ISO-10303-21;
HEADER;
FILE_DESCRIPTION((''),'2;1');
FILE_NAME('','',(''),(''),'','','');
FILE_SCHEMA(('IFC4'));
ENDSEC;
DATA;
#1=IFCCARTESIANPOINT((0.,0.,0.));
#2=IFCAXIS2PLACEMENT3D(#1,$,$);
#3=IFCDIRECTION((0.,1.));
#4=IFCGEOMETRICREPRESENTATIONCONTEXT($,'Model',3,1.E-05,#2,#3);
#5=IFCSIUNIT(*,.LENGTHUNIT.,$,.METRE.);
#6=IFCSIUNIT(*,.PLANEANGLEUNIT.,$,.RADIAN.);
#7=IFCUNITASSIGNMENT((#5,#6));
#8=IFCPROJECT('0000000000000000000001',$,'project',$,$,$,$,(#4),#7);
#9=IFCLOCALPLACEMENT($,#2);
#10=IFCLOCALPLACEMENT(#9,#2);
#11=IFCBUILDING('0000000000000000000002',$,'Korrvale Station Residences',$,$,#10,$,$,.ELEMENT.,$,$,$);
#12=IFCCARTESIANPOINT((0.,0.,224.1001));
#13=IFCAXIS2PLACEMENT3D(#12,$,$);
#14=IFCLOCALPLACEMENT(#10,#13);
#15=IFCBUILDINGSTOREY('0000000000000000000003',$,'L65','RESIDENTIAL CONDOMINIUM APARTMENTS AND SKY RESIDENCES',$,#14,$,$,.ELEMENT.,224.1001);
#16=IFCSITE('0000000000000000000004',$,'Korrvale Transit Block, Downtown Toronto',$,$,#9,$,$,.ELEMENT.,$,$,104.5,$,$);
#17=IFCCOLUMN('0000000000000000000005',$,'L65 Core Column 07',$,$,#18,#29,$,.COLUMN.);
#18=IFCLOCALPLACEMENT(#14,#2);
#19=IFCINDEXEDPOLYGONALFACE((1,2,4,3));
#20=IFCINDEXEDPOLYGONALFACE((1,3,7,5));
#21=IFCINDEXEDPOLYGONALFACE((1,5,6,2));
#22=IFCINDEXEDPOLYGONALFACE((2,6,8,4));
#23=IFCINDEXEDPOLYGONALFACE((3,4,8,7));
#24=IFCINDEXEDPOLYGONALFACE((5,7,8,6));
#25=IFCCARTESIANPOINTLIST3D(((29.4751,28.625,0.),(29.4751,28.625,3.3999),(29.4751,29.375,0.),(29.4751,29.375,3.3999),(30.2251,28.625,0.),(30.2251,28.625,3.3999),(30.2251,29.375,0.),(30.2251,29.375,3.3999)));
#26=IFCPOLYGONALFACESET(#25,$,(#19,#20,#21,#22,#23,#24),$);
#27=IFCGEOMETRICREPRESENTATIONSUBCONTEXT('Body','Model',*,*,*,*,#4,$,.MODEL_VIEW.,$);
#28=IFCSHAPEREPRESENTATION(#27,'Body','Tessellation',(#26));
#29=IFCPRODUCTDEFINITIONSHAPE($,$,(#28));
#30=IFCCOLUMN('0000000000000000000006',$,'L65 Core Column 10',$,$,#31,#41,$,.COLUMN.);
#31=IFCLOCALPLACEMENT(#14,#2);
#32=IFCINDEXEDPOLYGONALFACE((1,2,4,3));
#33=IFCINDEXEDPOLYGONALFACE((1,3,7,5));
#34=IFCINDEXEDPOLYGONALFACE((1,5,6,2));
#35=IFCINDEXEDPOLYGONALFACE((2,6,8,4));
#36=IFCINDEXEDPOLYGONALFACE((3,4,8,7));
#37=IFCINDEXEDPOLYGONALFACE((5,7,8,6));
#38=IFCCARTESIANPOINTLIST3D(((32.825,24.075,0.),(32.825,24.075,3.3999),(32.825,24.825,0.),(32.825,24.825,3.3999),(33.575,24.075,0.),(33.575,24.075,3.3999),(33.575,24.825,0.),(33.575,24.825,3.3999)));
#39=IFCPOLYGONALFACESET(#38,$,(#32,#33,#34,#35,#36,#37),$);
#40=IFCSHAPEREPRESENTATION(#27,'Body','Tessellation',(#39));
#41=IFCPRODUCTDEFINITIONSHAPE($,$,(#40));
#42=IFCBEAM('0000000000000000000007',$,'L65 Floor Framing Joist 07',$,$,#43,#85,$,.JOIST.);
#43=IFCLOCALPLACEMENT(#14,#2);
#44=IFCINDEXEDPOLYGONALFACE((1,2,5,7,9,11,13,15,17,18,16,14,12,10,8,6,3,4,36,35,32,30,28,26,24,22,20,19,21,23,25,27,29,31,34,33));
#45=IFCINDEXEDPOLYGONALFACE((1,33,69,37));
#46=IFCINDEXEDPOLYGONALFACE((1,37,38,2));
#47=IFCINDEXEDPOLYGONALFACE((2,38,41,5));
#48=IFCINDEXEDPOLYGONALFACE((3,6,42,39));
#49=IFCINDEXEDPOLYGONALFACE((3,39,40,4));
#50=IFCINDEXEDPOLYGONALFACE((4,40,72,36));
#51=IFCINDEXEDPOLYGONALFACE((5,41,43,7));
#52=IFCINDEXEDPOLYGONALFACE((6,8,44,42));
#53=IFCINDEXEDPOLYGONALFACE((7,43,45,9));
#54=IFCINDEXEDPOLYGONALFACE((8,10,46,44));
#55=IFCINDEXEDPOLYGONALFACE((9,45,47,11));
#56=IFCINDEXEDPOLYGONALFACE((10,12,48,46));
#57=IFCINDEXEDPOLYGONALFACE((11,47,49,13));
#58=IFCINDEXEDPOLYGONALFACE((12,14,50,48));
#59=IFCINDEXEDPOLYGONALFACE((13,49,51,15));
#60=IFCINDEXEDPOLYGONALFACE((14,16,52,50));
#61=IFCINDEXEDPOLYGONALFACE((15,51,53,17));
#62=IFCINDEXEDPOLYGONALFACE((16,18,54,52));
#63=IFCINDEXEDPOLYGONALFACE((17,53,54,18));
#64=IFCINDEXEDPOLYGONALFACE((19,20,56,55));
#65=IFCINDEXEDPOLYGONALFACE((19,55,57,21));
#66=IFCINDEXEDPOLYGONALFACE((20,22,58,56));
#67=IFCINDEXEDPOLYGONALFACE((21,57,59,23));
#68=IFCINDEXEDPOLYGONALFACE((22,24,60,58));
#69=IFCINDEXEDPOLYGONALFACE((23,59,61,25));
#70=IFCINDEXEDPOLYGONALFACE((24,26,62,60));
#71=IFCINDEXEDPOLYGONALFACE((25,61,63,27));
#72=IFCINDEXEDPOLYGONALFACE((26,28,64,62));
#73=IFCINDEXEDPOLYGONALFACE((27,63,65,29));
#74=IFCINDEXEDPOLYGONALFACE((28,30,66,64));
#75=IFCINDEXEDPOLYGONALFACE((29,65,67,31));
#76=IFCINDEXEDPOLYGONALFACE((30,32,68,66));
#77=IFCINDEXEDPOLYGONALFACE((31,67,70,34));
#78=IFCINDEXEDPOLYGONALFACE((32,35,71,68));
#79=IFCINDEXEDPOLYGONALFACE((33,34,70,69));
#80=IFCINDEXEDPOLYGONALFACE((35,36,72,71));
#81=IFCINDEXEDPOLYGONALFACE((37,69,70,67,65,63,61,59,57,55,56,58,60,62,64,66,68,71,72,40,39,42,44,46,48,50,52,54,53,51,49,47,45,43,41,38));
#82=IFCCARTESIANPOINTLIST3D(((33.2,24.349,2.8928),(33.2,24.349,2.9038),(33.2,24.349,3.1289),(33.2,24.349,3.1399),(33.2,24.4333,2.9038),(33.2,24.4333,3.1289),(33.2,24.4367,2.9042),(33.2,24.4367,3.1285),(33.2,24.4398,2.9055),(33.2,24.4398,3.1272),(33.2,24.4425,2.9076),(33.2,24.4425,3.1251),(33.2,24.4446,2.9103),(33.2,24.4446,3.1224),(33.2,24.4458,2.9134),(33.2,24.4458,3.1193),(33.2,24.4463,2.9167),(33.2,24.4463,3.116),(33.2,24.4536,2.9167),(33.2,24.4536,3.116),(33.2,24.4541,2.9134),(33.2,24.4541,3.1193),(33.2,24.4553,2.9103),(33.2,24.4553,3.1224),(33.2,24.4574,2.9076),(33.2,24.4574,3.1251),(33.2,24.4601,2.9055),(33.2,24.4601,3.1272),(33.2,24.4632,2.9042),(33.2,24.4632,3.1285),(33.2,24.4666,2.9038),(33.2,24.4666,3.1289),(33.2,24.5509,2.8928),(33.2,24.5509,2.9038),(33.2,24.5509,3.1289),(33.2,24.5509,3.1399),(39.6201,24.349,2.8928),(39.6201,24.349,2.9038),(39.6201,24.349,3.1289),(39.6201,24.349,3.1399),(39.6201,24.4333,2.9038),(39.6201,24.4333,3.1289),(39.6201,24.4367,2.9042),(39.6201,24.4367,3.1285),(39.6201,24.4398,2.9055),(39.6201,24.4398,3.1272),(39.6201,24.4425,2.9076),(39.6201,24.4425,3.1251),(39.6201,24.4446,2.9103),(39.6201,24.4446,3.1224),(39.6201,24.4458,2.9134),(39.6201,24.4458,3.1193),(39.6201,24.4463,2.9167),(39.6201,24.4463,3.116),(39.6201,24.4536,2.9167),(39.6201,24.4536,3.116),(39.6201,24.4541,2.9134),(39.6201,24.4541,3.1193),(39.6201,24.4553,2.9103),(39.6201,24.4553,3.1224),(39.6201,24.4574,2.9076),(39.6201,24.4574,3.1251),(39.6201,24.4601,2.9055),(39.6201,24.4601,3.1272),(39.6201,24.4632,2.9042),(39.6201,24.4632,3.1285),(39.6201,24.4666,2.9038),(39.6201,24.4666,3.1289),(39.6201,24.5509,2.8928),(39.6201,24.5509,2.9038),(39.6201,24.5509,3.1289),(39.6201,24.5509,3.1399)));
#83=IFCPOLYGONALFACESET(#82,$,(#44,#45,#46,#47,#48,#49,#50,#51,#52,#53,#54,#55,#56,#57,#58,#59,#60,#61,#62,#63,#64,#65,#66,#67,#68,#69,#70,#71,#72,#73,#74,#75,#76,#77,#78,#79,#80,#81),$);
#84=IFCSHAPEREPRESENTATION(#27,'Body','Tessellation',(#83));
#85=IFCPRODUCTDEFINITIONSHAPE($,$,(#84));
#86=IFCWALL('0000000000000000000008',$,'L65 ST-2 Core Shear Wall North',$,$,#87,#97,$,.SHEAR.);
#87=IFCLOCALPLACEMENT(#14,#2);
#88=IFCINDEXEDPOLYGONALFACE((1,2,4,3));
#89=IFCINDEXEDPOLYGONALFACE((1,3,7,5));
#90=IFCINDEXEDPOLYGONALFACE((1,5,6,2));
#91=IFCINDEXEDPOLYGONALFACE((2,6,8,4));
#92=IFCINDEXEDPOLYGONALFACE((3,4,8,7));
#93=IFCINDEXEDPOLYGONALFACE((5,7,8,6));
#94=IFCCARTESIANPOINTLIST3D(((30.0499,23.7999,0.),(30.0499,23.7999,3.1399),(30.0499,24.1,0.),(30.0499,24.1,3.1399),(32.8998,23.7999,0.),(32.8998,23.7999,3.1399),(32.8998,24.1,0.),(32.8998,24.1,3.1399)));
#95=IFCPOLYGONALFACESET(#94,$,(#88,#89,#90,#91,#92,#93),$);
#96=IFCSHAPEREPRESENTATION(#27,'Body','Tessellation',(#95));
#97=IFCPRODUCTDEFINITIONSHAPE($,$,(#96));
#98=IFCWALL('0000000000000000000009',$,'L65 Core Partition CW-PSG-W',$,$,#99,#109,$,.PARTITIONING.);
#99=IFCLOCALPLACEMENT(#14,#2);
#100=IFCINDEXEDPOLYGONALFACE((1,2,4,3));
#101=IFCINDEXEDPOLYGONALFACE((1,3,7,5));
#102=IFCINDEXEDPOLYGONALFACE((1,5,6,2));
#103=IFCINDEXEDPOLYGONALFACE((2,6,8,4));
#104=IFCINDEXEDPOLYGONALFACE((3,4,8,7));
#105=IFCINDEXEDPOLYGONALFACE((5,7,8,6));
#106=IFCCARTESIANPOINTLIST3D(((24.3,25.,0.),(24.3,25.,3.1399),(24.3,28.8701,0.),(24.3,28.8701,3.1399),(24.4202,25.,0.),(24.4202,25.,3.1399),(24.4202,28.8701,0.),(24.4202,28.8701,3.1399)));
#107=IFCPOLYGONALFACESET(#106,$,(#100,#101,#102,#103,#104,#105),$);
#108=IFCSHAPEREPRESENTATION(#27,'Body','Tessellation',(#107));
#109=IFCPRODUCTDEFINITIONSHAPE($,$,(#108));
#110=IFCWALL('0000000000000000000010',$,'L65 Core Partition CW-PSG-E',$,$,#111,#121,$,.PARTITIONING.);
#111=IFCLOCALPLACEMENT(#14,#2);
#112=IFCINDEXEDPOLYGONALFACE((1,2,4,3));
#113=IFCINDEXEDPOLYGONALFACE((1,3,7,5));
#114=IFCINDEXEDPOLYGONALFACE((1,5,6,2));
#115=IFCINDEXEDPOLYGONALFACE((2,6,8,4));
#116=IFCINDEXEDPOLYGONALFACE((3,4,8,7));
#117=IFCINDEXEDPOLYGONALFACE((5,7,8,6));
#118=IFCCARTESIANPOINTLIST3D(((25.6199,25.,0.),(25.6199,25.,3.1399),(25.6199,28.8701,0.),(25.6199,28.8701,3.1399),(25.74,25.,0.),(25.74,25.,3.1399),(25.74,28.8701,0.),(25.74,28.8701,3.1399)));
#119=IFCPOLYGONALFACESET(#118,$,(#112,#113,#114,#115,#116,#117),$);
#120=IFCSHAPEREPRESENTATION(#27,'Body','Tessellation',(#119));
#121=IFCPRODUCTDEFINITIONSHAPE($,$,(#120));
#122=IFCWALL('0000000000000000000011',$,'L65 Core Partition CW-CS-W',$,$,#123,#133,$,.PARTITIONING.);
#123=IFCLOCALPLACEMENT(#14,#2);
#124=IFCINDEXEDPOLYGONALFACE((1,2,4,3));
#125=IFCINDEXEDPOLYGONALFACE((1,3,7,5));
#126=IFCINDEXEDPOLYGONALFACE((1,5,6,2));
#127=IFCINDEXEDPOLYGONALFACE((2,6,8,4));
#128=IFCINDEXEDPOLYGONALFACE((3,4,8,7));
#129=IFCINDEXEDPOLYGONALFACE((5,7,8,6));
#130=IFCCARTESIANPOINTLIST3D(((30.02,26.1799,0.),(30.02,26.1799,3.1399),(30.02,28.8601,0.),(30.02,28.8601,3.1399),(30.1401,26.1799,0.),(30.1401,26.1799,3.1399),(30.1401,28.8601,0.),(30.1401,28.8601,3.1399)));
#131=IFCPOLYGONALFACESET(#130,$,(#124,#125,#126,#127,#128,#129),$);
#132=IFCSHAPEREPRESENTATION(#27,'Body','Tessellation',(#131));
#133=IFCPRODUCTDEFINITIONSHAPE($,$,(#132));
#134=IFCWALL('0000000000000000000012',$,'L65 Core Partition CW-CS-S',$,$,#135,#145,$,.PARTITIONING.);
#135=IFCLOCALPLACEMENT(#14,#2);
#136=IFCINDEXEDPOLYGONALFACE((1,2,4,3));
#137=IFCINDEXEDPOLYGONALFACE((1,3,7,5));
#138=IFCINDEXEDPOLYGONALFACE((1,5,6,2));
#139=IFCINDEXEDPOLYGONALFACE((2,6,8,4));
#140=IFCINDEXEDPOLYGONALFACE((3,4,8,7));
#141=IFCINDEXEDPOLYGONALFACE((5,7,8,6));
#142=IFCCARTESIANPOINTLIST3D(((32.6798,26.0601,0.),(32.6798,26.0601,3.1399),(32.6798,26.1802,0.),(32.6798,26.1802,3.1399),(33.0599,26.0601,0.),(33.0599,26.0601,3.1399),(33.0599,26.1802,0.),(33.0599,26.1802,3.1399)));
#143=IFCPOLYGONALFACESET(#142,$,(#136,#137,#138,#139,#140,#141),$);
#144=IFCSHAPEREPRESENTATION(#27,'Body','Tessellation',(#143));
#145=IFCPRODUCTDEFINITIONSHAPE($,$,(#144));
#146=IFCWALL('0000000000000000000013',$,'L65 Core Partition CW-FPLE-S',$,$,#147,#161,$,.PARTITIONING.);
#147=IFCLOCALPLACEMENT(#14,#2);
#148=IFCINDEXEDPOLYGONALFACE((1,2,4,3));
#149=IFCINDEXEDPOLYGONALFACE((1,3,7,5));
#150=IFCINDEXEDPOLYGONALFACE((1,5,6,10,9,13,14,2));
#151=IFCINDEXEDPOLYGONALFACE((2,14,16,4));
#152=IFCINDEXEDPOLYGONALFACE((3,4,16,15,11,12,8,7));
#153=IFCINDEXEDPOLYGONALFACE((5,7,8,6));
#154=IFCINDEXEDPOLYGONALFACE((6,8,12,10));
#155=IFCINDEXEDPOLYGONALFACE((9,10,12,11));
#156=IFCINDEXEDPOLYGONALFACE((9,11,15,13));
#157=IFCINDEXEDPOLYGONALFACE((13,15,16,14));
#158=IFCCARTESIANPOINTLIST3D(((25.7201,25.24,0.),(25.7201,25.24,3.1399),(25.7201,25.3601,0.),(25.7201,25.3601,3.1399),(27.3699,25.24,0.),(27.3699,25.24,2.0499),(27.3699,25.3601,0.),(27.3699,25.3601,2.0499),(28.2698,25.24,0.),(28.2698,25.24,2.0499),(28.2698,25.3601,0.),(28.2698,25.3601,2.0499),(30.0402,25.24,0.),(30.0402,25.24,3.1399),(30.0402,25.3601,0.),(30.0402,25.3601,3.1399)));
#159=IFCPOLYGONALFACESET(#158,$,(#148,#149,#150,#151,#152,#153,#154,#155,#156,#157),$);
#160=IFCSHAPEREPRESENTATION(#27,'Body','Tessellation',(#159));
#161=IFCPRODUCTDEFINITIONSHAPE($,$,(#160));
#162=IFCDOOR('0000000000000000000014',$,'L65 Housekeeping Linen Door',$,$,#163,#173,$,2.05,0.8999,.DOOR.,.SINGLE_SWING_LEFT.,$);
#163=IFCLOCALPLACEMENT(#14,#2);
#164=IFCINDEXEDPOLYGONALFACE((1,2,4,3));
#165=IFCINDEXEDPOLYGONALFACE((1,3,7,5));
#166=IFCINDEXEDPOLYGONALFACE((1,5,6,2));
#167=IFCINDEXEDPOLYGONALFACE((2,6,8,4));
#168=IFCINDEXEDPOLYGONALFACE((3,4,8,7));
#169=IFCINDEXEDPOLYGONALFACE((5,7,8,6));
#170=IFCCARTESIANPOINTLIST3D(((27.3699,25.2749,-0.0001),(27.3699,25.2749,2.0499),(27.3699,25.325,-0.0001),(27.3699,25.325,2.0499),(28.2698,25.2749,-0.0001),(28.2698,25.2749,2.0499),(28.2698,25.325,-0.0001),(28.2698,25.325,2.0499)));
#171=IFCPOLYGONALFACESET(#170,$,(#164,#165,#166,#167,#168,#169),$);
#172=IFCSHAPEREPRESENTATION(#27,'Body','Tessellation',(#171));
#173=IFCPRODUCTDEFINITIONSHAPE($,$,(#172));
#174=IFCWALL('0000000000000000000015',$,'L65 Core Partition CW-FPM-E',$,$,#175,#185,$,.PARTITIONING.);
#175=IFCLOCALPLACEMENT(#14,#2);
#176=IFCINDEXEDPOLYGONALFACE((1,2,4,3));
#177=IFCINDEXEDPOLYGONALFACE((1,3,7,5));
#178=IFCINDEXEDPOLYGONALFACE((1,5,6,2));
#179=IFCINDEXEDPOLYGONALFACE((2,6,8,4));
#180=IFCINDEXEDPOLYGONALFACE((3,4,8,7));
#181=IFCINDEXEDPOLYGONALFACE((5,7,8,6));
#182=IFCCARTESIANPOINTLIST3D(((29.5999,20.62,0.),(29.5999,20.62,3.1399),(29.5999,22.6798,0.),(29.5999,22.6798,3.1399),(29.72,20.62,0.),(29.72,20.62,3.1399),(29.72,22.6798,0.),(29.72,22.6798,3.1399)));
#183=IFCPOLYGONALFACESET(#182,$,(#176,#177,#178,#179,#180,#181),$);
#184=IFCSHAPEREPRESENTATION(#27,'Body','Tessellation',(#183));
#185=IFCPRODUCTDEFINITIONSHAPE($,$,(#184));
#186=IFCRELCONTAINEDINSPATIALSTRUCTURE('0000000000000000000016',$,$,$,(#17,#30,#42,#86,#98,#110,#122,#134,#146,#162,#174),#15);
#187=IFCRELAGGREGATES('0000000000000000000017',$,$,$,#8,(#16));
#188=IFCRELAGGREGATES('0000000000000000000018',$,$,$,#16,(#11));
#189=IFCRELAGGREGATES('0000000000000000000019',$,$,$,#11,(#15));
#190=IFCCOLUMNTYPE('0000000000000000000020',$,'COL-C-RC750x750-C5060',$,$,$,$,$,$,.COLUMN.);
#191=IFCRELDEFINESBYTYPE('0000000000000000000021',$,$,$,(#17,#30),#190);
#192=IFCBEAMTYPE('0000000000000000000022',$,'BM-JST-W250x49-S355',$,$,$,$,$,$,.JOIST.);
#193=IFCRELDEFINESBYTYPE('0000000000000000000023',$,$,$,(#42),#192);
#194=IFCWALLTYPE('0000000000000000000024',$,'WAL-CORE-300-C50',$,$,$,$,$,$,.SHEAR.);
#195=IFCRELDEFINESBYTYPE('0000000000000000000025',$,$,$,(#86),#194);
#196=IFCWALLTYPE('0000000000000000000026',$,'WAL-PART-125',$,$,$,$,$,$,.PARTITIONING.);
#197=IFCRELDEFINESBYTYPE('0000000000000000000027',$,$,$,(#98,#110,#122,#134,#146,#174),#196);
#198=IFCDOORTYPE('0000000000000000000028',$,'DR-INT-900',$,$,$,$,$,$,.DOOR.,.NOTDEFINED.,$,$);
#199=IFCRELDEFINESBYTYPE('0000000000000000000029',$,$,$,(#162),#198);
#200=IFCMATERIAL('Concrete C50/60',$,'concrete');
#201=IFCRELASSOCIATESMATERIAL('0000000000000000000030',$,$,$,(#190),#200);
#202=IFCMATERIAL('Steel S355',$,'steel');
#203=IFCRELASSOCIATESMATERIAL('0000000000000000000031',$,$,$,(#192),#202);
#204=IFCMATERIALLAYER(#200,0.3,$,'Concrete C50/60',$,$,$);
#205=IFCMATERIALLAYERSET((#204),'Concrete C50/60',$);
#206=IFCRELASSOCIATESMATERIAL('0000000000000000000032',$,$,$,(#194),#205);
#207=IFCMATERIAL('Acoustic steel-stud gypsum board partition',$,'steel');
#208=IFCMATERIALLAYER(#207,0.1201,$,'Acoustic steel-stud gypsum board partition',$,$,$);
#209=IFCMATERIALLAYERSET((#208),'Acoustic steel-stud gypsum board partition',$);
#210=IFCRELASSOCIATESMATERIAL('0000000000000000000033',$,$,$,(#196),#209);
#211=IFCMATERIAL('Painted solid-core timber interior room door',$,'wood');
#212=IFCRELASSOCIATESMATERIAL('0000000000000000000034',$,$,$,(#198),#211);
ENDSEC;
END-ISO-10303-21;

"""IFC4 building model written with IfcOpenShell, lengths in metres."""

from ifc_helpers import new_model, si_unit, direction, frame, frame_2d, origin, origin_2d, place, context, subcontext, project, spatial, rectangle, i_section, extrude, material, layer, layer_set, material_profile, profile_set, type_object, element, fill, save


model = new_model("IFC4")

# Units and contexts
model_context = context("Model", 3, precision=1e-05, world=origin(), true_north=direction((0.0, 1.0)))
body_context = subcontext(model_context, "Body", "Model", "MODEL_VIEW")
ifc_project = project(units=[si_unit("LENGTHUNIT", "METRE"), si_unit("PLANEANGLEUNIT", "RADIAN")], contexts=[model_context])

# Site, building, storey
site_placement = place(None, origin())
site = spatial("IfcSite", under=ifc_project, at=site_placement, Name="Korrvale Transit Block, Downtown Toronto", CompositionType="ELEMENT", RefElevation=104.5)
building_placement = place(site_placement, origin())
building = spatial("IfcBuilding", under=site, at=building_placement, Name="Korrvale Station Residences", CompositionType="ELEMENT")
storey_placement = place(building_placement, frame((0.0, 0.0, 224.1001)))
storey = spatial("IfcBuildingStorey", under=building, at=storey_placement, Name="L65", Description="RESIDENTIAL CONDOMINIUM APARTMENTS AND SKY RESIDENCES", CompositionType="ELEMENT", Elevation=224.1001)

# Columns
ifc_material_1 = material(Name="Concrete C50/60", Category="concrete")
ifc_material_profile_1 = material_profile(ifc_material_1, rectangle(XDim=0.75, YDim=0.75, at=origin_2d()), Name="RC750x750")
ifc_profile_set_1 = profile_set([ifc_material_profile_1], Name="Concrete C50/60")
column_type = type_object("IfcColumnType", Name="COL-C-RC750x750-C5060", PredefinedType="COLUMN", material=ifc_profile_set_1)
for number, where, z_axis, x_axis, name in (
    (1, (29.8501, 29.0, 0.0), (0.0, 0.0, 1.0), (1.0, 0.0, 0.0), "L65 Core Column 07"),
    (2, (33.2, 24.45, 0.0), (0.0, 0.0, 1.0), (1.0, 0.0, 0.0), "L65 Core Column 10"),
):
    element("IfcColumn", number, at=place(storey_placement, frame(where, z_axis=z_axis, x_axis=x_axis)), inside=storey, type_object=column_type, Name=name, PredefinedType="COLUMN", context=body_context, shape_type="SweptSolid", body=[
        extrude(rectangle(XDim=0.75, YDim=0.75, at=origin_2d()), origin(), (0.0, 0.0, 1.0), 3.3999),
    ])

# Beam
ifc_material_2 = material(Name="Steel S355", Category="steel")
ifc_material_profile_2 = material_profile(ifc_material_2, i_section(OverallWidth=0.2019, OverallDepth=0.2471, WebThickness=0.0073, FlangeThickness=0.011, FilletRadius=0.0129, at=origin_2d()), Name="W250x49")
ifc_profile_set_2 = profile_set([ifc_material_profile_2], Name="Steel S355")
beam_type = type_object("IfcBeamType", Name="BM-JST-W250x49-S355", PredefinedType="JOIST", material=ifc_profile_set_2)
beam_placement = place(storey_placement, frame((33.2, 24.45, 3.0164), z_axis=(1.0, 0.0, 0.0), x_axis=(0.0, 1.0, 0.0)))
element("IfcBeam", 3, at=beam_placement, inside=storey, type_object=beam_type, Name="L65 Floor Framing Joist 07", PredefinedType="JOIST", context=body_context, shape_type="SweptSolid", body=[
    extrude(i_section(OverallWidth=0.2019, OverallDepth=0.2471, WebThickness=0.0073, FlangeThickness=0.011, FilletRadius=0.0129, at=origin_2d()), origin(), (0.0, 0.0, 1.0), 6.4202),
])

# Walls
ifc_layer_1 = layer(ifc_material_1, 0.3, Name="Concrete C50/60")
ifc_layer_set_1 = layer_set([ifc_layer_1], Name="Concrete C50/60")
wall_type_1 = type_object("IfcWallType", Name="WAL-CORE-300-C50", PredefinedType="SHEAR", material=ifc_layer_set_1)
wall_1_placement = place(storey_placement, frame((30.05, 23.95, 0.0), z_axis=(0.0, 0.0, 1.0), x_axis=(1.0, 0.0, 0.0)))
element("IfcWall", 4, at=wall_1_placement, inside=storey, type_object=wall_type_1, Name="L65 ST-2 Core Shear Wall North", PredefinedType="SHEAR", context=body_context, shape_type="SweptSolid", body=[
    extrude(rectangle(XDim=2.8499, YDim=0.3, at=frame_2d((1.4248, 0.0))), origin(), (0.0, 0.0, 1.0), 3.1399),
])
ifc_material_3 = material(Name="Acoustic steel-stud gypsum board partition", Category="steel")
ifc_layer_2 = layer(ifc_material_3, 0.1201, Name="Acoustic steel-stud gypsum board partition")
ifc_layer_set_2 = layer_set([ifc_layer_2], Name="Acoustic steel-stud gypsum board partition")
wall_type_2 = type_object("IfcWallType", Name="WAL-PART-125", PredefinedType="PARTITIONING", material=ifc_layer_set_2)
for number, where, z_axis, x_axis, name in (
    (5, (24.3601, 25.0, 0.0), (0.0, 0.0, 1.0), (0.0, 1.0, 0.0), "L65 Core Partition CW-PSG-W"),
    (6, (25.6799, 25.0, 0.0), (0.0, 0.0, 1.0), (0.0, 1.0, 0.0), "L65 Core Partition CW-PSG-E"),
):
    element("IfcWall", number, at=place(storey_placement, frame(where, z_axis=z_axis, x_axis=x_axis)), inside=storey, type_object=wall_type_2, Name=name, PredefinedType="PARTITIONING", context=body_context, shape_type="SweptSolid", body=[
        extrude(rectangle(XDim=3.8701, YDim=0.1201, at=frame_2d((1.9351, 0.0))), origin(), (0.0, 0.0, 1.0), 3.1399),
    ])
wall_2_placement = place(storey_placement, frame((30.0801, 26.1799, 0.0), z_axis=(0.0, 0.0, 1.0), x_axis=(0.0, 1.0, 0.0)))
element("IfcWall", 7, at=wall_2_placement, inside=storey, type_object=wall_type_2, Name="L65 Core Partition CW-CS-W", PredefinedType="PARTITIONING", context=body_context, shape_type="SweptSolid", body=[
    extrude(rectangle(XDim=2.6802, YDim=0.1201, at=frame_2d((1.3401, 0.0))), origin(), (0.0, 0.0, 1.0), 3.1399),
])
wall_3_placement = place(storey_placement, frame((32.6799, 26.1201, 0.0), z_axis=(0.0, 0.0, 1.0), x_axis=(1.0, 0.0, 0.0)))
element("IfcWall", 8, at=wall_3_placement, inside=storey, type_object=wall_type_2, Name="L65 Core Partition CW-CS-S", PredefinedType="PARTITIONING", context=body_context, shape_type="SweptSolid", body=[
    extrude(rectangle(XDim=0.3801, YDim=0.1201, at=frame_2d((0.1899, 0.0))), origin(), (0.0, 0.0, 1.0), 3.1399),
])

# Wall, opening, door
wall_4_placement = place(storey_placement, frame((25.72, 25.3, 0.0), z_axis=(0.0, 0.0, 1.0), x_axis=(1.0, 0.0, 0.0)))
wall_4 = element("IfcWall", 9, at=wall_4_placement, inside=storey, type_object=wall_type_2, Name="L65 Core Partition CW-FPLE-S", PredefinedType="PARTITIONING", context=body_context, shape_type="SweptSolid", body=[
    extrude(rectangle(XDim=4.3201, YDim=0.1201, at=frame_2d((2.1602, 0.0))), origin(), (0.0, 0.0, 1.0), 3.1399),
])
opening_1_placement = place(wall_4_placement, frame((1.6499, 0.0, 0.0)))
opening_1 = element("IfcOpeningElement", 10, at=opening_1_placement, cuts=wall_4, PredefinedType="OPENING", context=body_context, shape_type="SweptSolid", body=[
    extrude(rectangle(XDim=0.8999, YDim=2.05, at=frame_2d((0.45, 1.0249))), frame((0.0, 0.0701, 0.0), z_axis=(0.0, -1.0, 0.0), x_axis=(1.0, 0.0, 0.0)), (0.0, 0.0, 1.0), 0.1401),
])
ifc_material_4 = material(Name="Painted solid-core timber interior room door", Category="wood")
door_type_1 = type_object("IfcDoorType", Name="DR-INT-900", OperationType="NOTDEFINED", PredefinedType="DOOR", material=ifc_material_4)
door_1_placement = place(opening_1_placement, origin())
door_1 = element("IfcDoor", 11, at=door_1_placement, inside=storey, type_object=door_type_1, Name="L65 Housekeeping Linen Door", OperationType="SINGLE_SWING_LEFT", OverallHeight=2.05, OverallWidth=0.8999, PredefinedType="DOOR", context=body_context, shape_type="SweptSolid", body=[
    extrude(rectangle(XDim=0.8999, YDim=2.05, at=frame_2d((0.45, 1.0249))), frame((0.0, 0.0249, 0.0), z_axis=(0.0, -1.0, 0.0), x_axis=(1.0, 0.0, 0.0)), (0.0, 0.0, 1.0), 0.05),
])
fill(opening_1, door_1)

# Wall
wall_5_placement = place(storey_placement, frame((29.6599, 20.6201, 0.0), z_axis=(0.0, 0.0, 1.0), x_axis=(0.0, 1.0, 0.0)))
element("IfcWall", 12, at=wall_5_placement, inside=storey, type_object=wall_type_2, Name="L65 Core Partition CW-FPM-E", PredefinedType="PARTITIONING", context=body_context, shape_type="SweptSolid", body=[
    extrude(rectangle(XDim=2.0598, YDim=0.1201, at=frame_2d((1.0298, 0.0))), origin(), (0.0, 0.0, 1.0), 3.1399),
])

save(model, "model.ifc")
